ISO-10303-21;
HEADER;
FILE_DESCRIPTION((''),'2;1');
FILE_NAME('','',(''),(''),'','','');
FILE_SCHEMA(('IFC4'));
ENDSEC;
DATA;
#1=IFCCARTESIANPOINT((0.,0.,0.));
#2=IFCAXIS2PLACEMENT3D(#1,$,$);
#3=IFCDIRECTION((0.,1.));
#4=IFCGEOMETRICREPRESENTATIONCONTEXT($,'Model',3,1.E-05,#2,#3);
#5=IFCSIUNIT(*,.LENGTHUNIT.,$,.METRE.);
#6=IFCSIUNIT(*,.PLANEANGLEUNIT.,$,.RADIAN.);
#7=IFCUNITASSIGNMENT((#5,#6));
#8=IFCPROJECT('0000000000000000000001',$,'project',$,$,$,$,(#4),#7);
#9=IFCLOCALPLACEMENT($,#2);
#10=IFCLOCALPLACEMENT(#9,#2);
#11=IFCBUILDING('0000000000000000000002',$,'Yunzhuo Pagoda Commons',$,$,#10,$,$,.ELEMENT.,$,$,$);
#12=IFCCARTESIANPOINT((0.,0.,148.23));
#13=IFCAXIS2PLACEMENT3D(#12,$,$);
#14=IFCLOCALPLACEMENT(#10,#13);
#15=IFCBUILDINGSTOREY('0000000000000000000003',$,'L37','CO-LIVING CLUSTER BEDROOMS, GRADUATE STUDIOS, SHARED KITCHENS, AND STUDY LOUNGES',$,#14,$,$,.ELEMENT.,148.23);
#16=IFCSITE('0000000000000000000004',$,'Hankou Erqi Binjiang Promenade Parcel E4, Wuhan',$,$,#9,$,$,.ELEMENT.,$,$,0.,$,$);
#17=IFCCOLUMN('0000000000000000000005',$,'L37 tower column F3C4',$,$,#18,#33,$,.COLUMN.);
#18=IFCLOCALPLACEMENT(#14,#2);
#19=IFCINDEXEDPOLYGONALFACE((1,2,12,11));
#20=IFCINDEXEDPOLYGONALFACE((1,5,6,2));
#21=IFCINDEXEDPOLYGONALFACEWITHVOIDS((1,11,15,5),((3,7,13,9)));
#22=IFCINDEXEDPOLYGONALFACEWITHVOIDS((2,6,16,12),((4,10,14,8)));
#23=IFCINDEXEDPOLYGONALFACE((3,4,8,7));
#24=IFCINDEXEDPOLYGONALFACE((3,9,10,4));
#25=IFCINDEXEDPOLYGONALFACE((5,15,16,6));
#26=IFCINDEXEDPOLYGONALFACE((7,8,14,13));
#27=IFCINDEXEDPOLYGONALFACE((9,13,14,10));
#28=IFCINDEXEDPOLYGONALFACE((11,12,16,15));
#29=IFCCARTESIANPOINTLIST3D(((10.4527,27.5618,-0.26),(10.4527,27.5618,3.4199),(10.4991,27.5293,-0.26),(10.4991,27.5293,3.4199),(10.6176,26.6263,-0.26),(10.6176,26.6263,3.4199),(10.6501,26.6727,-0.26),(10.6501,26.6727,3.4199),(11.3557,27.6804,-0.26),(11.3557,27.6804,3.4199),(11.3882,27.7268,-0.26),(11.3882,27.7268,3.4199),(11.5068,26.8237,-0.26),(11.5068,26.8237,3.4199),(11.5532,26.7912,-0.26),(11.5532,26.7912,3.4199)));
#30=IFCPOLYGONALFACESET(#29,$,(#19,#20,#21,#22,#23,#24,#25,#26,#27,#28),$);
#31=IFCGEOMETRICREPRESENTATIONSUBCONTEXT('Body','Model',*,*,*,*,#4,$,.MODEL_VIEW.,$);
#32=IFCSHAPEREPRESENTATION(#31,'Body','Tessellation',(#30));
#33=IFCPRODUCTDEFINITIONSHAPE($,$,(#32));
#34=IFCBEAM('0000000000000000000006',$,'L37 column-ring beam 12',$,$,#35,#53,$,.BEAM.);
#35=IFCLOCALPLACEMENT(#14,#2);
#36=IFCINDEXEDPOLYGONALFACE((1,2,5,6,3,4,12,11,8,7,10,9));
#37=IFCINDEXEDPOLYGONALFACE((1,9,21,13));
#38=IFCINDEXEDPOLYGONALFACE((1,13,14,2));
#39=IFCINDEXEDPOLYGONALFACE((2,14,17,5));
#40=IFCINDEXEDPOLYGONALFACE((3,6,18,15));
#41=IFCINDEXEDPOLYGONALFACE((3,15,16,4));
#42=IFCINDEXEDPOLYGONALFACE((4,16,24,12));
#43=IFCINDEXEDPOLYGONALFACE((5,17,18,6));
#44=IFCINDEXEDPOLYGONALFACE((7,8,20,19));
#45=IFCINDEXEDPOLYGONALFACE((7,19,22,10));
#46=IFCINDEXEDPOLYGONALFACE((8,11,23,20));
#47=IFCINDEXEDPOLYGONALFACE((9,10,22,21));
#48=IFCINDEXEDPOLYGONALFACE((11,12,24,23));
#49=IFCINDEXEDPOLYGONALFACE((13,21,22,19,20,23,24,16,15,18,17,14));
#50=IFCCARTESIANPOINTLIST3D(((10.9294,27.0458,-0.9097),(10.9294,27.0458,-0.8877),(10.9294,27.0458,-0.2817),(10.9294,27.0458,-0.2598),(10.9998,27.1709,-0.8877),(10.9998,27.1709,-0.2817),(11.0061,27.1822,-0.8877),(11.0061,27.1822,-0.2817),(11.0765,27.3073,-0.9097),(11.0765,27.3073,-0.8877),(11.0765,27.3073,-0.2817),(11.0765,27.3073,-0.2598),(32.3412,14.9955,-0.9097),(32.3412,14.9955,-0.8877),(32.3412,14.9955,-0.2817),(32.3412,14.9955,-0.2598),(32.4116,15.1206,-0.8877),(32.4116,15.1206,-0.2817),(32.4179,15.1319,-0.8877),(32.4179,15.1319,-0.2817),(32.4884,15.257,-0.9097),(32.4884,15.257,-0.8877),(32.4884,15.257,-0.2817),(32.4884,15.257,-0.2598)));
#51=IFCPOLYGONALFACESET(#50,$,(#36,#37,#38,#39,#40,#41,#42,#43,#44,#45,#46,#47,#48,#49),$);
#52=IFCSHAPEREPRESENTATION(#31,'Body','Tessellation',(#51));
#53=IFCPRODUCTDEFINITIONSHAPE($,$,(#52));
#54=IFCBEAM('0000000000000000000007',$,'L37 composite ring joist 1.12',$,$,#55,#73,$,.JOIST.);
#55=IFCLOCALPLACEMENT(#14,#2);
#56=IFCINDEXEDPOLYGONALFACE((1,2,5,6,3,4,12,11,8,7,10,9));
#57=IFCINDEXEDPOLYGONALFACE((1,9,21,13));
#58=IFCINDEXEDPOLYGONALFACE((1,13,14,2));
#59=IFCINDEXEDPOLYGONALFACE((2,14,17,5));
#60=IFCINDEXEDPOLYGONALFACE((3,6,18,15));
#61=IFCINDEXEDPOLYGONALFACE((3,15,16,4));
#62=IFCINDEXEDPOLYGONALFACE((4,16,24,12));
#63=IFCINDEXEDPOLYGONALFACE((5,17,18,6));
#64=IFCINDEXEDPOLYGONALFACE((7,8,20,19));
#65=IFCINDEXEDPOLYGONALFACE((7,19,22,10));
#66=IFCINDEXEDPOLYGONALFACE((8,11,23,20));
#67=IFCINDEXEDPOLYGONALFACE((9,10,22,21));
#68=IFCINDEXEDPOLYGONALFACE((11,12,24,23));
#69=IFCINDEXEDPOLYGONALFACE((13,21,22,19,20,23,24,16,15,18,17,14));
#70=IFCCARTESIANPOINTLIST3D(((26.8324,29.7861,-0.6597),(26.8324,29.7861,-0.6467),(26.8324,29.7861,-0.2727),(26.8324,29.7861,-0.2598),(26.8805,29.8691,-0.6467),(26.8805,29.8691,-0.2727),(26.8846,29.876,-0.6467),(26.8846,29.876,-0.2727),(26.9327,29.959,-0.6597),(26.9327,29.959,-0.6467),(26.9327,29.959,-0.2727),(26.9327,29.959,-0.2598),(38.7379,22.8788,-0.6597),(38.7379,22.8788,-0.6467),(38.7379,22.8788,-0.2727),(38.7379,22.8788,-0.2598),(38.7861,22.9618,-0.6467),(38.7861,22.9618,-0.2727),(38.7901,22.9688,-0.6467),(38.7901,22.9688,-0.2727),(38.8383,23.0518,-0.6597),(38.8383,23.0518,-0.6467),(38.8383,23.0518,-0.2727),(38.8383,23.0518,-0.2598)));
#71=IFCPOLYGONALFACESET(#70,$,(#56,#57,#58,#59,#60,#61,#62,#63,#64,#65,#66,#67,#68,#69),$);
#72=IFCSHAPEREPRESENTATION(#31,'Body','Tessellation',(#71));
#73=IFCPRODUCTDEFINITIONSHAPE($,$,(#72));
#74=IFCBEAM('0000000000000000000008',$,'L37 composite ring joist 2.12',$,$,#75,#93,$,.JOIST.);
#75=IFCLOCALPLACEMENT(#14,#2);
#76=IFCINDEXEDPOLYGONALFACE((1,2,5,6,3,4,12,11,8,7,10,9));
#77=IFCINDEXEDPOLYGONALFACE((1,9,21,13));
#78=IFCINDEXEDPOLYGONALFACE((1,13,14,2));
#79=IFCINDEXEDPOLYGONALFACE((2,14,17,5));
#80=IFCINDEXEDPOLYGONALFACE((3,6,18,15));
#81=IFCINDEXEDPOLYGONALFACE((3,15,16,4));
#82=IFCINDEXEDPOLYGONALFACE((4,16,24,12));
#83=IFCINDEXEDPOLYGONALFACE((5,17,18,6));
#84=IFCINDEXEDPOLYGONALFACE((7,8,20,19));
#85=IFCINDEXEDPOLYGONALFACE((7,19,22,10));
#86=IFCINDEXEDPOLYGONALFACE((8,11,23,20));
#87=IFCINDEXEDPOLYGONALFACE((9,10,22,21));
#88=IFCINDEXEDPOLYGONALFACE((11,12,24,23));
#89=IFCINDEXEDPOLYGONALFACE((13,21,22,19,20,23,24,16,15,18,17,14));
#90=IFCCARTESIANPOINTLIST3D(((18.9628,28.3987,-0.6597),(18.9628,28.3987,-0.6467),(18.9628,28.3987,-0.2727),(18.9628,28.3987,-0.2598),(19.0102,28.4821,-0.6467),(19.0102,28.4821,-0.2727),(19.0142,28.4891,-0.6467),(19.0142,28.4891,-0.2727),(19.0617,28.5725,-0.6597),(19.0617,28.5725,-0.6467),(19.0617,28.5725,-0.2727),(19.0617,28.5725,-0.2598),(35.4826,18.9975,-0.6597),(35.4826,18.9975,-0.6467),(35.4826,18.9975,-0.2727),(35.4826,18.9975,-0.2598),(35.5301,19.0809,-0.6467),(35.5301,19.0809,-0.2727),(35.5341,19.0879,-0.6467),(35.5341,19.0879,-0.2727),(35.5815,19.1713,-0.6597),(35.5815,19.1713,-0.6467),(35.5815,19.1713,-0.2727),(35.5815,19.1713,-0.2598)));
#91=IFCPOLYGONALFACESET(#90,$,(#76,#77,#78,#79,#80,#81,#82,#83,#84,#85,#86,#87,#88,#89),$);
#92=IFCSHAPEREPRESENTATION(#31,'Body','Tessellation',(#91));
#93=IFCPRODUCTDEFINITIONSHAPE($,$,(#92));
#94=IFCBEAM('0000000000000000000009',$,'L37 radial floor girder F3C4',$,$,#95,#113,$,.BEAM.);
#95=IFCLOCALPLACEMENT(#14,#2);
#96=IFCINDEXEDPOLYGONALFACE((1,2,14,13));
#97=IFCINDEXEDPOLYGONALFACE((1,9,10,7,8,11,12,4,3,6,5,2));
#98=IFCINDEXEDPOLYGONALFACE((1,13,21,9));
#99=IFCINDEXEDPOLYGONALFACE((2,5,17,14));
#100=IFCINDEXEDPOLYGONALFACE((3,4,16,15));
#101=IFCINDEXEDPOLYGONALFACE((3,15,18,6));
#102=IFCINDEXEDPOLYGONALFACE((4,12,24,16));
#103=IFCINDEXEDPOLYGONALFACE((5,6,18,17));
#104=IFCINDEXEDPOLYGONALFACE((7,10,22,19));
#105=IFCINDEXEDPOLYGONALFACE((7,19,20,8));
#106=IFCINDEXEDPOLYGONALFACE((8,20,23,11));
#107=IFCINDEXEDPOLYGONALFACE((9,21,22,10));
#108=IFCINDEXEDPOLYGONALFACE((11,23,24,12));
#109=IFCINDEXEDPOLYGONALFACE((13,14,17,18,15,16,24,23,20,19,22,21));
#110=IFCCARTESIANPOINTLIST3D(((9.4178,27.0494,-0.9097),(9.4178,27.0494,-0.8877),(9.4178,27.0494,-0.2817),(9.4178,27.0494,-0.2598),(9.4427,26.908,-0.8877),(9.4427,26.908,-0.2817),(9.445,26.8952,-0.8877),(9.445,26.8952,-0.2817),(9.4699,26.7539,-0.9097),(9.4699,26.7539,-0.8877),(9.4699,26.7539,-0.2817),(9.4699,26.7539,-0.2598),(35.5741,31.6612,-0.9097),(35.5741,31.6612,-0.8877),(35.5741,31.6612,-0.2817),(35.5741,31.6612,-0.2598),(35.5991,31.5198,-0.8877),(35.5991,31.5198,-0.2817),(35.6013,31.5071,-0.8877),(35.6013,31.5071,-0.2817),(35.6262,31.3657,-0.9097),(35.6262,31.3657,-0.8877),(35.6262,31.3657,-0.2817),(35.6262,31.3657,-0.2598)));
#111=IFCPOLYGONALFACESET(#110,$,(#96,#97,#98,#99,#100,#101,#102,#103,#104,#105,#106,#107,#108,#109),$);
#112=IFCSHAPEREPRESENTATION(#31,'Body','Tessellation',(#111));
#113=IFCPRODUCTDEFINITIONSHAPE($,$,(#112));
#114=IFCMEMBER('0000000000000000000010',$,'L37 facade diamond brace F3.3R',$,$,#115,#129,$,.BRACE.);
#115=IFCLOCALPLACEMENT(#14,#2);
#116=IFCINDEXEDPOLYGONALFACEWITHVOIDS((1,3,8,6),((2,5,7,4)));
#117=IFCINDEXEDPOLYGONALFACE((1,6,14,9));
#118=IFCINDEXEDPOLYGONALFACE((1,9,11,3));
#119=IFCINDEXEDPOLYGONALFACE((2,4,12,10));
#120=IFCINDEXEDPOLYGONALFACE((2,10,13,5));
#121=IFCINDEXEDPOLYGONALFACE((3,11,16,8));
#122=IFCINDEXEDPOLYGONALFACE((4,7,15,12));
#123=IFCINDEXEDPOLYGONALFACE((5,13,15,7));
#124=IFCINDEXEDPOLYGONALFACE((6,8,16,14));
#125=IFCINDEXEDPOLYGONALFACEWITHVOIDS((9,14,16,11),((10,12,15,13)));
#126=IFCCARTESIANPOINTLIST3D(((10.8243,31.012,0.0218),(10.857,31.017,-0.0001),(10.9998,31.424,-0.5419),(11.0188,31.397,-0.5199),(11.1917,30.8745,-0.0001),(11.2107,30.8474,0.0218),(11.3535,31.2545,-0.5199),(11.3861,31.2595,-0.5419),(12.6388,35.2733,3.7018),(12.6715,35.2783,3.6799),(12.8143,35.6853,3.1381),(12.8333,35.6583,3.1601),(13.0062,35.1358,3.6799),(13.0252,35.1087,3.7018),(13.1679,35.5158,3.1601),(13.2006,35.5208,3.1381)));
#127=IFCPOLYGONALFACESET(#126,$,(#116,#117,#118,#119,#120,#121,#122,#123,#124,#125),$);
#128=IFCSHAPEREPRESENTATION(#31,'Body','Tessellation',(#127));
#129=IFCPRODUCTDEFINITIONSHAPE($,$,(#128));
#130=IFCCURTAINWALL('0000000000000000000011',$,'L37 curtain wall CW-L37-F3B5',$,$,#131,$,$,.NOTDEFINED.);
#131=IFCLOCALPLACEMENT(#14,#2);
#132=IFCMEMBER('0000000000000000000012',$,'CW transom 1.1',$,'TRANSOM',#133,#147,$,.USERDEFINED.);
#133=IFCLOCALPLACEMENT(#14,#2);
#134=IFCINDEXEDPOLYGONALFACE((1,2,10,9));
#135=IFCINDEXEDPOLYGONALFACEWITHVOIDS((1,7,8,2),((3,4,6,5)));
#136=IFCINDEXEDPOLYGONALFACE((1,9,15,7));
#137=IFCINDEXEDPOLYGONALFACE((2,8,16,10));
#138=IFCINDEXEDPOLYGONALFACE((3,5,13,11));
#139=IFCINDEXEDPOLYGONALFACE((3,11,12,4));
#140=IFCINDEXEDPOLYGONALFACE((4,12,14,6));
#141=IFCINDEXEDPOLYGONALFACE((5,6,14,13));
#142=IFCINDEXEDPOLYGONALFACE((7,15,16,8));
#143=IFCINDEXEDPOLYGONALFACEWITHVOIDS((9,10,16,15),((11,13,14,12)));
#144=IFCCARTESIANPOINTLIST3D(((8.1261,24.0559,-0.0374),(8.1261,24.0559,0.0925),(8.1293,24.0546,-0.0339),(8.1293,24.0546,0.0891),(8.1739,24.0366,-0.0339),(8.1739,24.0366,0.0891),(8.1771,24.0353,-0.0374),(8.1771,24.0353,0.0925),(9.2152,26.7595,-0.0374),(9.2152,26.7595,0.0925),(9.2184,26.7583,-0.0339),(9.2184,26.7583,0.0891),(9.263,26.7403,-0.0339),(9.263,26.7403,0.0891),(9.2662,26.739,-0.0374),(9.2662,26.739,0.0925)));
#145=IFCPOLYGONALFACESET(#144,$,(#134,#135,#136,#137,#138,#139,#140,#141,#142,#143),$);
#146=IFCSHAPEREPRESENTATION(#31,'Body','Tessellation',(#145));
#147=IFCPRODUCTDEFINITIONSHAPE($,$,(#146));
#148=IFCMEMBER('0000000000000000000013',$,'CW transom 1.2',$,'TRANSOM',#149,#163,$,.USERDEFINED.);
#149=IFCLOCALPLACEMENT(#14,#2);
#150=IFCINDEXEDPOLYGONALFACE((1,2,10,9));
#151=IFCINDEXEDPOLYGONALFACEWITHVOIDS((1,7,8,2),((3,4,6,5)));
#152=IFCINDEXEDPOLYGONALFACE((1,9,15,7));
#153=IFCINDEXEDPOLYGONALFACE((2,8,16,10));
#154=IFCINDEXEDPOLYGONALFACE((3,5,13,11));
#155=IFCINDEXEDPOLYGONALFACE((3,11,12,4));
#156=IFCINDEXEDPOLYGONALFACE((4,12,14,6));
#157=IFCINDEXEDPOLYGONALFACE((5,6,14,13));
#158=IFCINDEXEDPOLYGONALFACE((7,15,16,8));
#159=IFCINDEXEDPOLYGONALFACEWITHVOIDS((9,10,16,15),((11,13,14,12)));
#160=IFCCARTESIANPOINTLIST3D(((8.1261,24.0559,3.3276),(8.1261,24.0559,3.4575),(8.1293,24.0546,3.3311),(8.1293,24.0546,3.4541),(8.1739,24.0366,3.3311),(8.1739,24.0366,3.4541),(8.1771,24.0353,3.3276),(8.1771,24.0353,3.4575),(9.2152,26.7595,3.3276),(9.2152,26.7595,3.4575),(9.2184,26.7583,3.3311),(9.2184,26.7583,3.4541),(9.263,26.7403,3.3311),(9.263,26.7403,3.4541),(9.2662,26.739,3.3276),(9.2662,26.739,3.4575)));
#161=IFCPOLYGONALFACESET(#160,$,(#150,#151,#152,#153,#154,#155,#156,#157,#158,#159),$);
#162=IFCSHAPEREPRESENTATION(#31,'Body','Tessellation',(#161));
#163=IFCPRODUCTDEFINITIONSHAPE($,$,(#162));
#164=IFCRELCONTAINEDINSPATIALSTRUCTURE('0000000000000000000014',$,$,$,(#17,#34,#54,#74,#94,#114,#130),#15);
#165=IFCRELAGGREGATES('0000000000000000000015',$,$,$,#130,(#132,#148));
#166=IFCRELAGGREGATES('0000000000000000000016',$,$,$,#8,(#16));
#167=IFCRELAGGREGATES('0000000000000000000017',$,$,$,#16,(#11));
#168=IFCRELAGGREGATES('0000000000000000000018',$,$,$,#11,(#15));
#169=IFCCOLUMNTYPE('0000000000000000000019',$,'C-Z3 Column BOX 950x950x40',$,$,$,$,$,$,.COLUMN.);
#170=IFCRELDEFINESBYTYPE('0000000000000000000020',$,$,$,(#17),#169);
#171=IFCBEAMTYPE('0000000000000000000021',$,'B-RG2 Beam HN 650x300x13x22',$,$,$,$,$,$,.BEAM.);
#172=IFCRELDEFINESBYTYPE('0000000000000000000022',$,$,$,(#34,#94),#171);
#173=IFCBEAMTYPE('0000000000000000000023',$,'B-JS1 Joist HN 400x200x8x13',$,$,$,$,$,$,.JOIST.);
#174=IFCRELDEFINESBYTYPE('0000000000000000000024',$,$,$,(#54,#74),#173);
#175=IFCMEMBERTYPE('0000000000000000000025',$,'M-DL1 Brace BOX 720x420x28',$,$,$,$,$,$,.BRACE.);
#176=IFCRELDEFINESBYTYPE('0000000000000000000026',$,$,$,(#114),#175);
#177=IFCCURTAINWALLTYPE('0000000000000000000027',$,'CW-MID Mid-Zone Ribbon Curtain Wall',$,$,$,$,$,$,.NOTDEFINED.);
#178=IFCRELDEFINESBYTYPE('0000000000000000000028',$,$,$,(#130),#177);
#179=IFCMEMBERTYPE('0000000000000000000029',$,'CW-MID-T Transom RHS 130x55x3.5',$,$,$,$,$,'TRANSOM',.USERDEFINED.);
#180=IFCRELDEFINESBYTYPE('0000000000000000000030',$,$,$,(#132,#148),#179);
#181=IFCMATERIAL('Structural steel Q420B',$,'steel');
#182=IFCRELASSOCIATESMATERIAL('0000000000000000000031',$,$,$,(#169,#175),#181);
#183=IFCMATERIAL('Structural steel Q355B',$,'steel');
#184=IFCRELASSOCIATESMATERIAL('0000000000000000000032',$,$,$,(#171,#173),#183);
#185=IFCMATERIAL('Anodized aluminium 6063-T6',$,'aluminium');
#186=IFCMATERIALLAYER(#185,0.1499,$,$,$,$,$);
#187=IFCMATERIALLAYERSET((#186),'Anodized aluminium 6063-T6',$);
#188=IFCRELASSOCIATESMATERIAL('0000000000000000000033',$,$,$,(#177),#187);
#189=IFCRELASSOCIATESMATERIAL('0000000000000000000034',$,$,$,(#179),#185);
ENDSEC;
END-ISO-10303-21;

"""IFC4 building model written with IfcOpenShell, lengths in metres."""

from ifc_helpers import new_model, si_unit, direction, frame, origin, origin_2d, place, context, subcontext, project, spatial, hollow_rectangle, i_section, extrude, source, transform, mapped, material, layer, layer_set, material_profile, profile_set, type_object, element, aggregate, save


model = new_model("IFC4")

# Units and contexts
model_context = context("Model", 3, precision=1e-05, world=origin(), true_north=direction((0.0, 1.0)))
body_context = subcontext(model_context, "Body", "Model", "MODEL_VIEW")
ifc_project = project(units=[si_unit("LENGTHUNIT", "METRE"), si_unit("PLANEANGLEUNIT", "RADIAN")], contexts=[model_context])

# Site, building, storey
site_placement = place(None, origin())
site = spatial("IfcSite", under=ifc_project, at=site_placement, Name="Hankou Erqi Binjiang Promenade Parcel E4, Wuhan", CompositionType="ELEMENT", RefElevation=0.0)
building_placement = place(site_placement, origin())
building = spatial("IfcBuilding", under=site, at=building_placement, Name="Yunzhuo Pagoda Commons", CompositionType="ELEMENT")
storey_placement = place(building_placement, frame((0.0, 0.0, 148.23)))
storey = spatial("IfcBuildingStorey", under=building, at=storey_placement, Name="L37", Description="CO-LIVING CLUSTER BEDROOMS, GRADUATE STUDIOS, SHARED KITCHENS, AND STUDY LOUNGES", CompositionType="ELEMENT", Elevation=148.23)

# Column
ifc_material_1 = material(Name="Structural steel Q420B", Category="steel")
ifc_material_profile_1 = material_profile(ifc_material_1, hollow_rectangle(XDim=0.95, YDim=0.95, WallThickness=0.04, at=origin_2d()), Name="Structural steel Q420B")
ifc_profile_set_1 = profile_set([ifc_material_profile_1], Name="Structural steel Q420B")
column_type = type_object("IfcColumnType", Name="C-Z3 Column BOX 950x950x40", PredefinedType="COLUMN", material=ifc_profile_set_1)
shared_shape_1 = source(origin(), body_context, "Body", "SweptSolid", [
    extrude(hollow_rectangle(XDim=0.95, YDim=0.95, WallThickness=0.04, at=origin_2d()), origin(), (0.0, 0.0, 1.0), 3.6799),
])
column_placement = place(storey_placement, frame((11.0029, 27.1765, -0.26), z_axis=(0.0, 0.0, 1.0), x_axis=(0.173648, -0.984808, 0.0)))
element("IfcColumn", 1, at=column_placement, inside=storey, type_object=column_type, Name="L37 tower column F3C4", PredefinedType="COLUMN", context=body_context, shape_type="MappedRepresentation", body=[
    mapped(shared_shape_1, transform((0.0, 0.0, 0.0), scale=1.0)),
])

# Beams
ifc_material_2 = material(Name="Structural steel Q355B", Category="steel")
ifc_material_profile_2 = material_profile(ifc_material_2, i_section(OverallWidth=0.3, OverallDepth=0.6499, WebThickness=0.0129, FlangeThickness=0.022, at=origin_2d()), Name="Structural steel Q355B")
ifc_profile_set_2 = profile_set([ifc_material_profile_2], Name="Structural steel Q355B")
beam_type_1 = type_object("IfcBeamType", Name="B-RG2 Beam HN 650x300x13x22", PredefinedType="BEAM", material=ifc_profile_set_2)
shared_shape_2 = source(origin(), body_context, "Body", "SweptSolid", [
    extrude(i_section(OverallWidth=0.3, OverallDepth=0.6499, WebThickness=0.0129, FlangeThickness=0.022, at=origin_2d()), origin(), (0.0, 0.0, 1.0), 24.5698),
])
beam_1_placement = place(storey_placement, frame((11.0029, 27.1765, -0.5847), z_axis=(0.871469, -0.49045, 0.0), x_axis=(0.49045, 0.871469, 0.0)))
element("IfcBeam", 2, at=beam_1_placement, inside=storey, type_object=beam_type_1, Name="L37 column-ring beam 12", PredefinedType="BEAM", context=body_context, shape_type="MappedRepresentation", body=[
    mapped(shared_shape_2, transform((0.0, 0.0, 0.0), scale=1.0)),
])
ifc_material_profile_3 = material_profile(ifc_material_2, i_section(OverallWidth=0.2, OverallDepth=0.3999, WebThickness=0.0081, FlangeThickness=0.0129, at=origin_2d()), Name="Structural steel Q355B")
ifc_profile_set_3 = profile_set([ifc_material_profile_3], Name="Structural steel Q355B")
beam_type_2 = type_object("IfcBeamType", Name="B-JS1 Joist HN 400x200x8x13", PredefinedType="JOIST", material=ifc_profile_set_3)
shared_shape_3 = source(origin(), body_context, "Body", "SweptSolid", [
    extrude(i_section(OverallWidth=0.2, OverallDepth=0.3999, WebThickness=0.0081, FlangeThickness=0.0129, at=origin_2d()), origin(), (0.0, 0.0, 1.0), 13.7642),
])
beam_2_placement = place(storey_placement, frame((26.8826, 29.8726, -0.4597), z_axis=(0.864967, -0.501828, 0.0), x_axis=(0.501828, 0.864967, 0.0)))
element("IfcBeam", 3, at=beam_2_placement, inside=storey, type_object=beam_type_2, Name="L37 composite ring joist 1.12", PredefinedType="JOIST", context=body_context, shape_type="MappedRepresentation", body=[
    mapped(shared_shape_3, transform((0.0, 0.0, 0.0), scale=1.0)),
])
shared_shape_4 = source(origin(), body_context, "Body", "SweptSolid", [
    extrude(i_section(OverallWidth=0.2, OverallDepth=0.3999, WebThickness=0.0081, FlangeThickness=0.0129, at=origin_2d()), origin(), (0.0, 0.0, 1.0), 19.0076),
])
beam_3_placement = place(storey_placement, frame((19.0122, 28.4856, -0.4597), z_axis=(0.86912, -0.494601, 0.0), x_axis=(0.494601, 0.86912, 0.0)))
element("IfcBeam", 4, at=beam_3_placement, inside=storey, type_object=beam_type_2, Name="L37 composite ring joist 2.12", PredefinedType="JOIST", context=body_context, shape_type="MappedRepresentation", body=[
    mapped(shared_shape_4, transform((0.0, 0.0, 0.0), scale=1.0)),
])
shared_shape_5 = source(origin(), body_context, "Body", "SweptSolid", [
    extrude(i_section(OverallWidth=0.3, OverallDepth=0.6499, WebThickness=0.0129, FlangeThickness=0.022, at=origin_2d()), origin(), (0.0, 0.0, 1.0), 26.5598),
])
beam_4_placement = place(storey_placement, frame((9.4438, 26.9016, -0.5847), z_axis=(0.984809, 0.17364, 0.0), x_axis=(-0.17364, 0.984809, 0.0)))
element("IfcBeam", 5, at=beam_4_placement, inside=storey, type_object=beam_type_1, Name="L37 radial floor girder F3C4", PredefinedType="BEAM", context=body_context, shape_type="MappedRepresentation", body=[
    mapped(shared_shape_5, transform((0.0, 0.0, 0.0), scale=1.0)),
])

# Member
ifc_material_profile_4 = material_profile(ifc_material_1, hollow_rectangle(XDim=0.4199, YDim=0.72, WallThickness=0.0281, at=origin_2d()), Name="Structural steel Q420B")
ifc_profile_set_4 = profile_set([ifc_material_profile_4], Name="Structural steel Q420B")
member_type_1 = type_object("IfcMemberType", Name="M-DL1 Brace BOX 720x420x28", PredefinedType="BRACE", material=ifc_profile_set_4)
shared_shape_6 = source(origin(), body_context, "Body", "SweptSolid", [
    extrude(hollow_rectangle(XDim=0.4199, YDim=0.72, WallThickness=0.0281, at=origin_2d()), origin(), (0.0, 0.0, 1.0), 5.9155),
])
member_1_placement = place(storey_placement, frame((11.1052, 31.1357, -0.26), z_axis=(0.306733, 0.720359, 0.622091), x_axis=(-0.920064, 0.391768, 0.0)))
element("IfcMember", 6, at=member_1_placement, inside=storey, type_object=member_type_1, Name="L37 facade diamond brace F3.3R", PredefinedType="BRACE", context=body_context, shape_type="MappedRepresentation", body=[
    mapped(shared_shape_6, transform((0.0, 0.0, 0.0), scale=1.0)),
])

# Curtain wall, members
ifc_material_3 = material(Name="Anodized aluminium 6063-T6", Category="aluminium")
ifc_layer_1 = layer(ifc_material_3, 0.1499)
ifc_layer_set_1 = layer_set([ifc_layer_1], Name="Anodized aluminium 6063-T6")
curtain_wall_type = type_object("IfcCurtainWallType", Name="CW-MID Mid-Zone Ribbon Curtain Wall", PredefinedType="NOTDEFINED", material=ifc_layer_set_1)
curtain_wall_1_placement = place(storey_placement, origin())
curtain_wall_1 = element("IfcCurtainWall", 7, at=curtain_wall_1_placement, inside=storey, type_object=curtain_wall_type, Name="L37 curtain wall CW-L37-F3B5", PredefinedType="NOTDEFINED")
ifc_material_profile_5 = material_profile(ifc_material_3, hollow_rectangle(XDim=0.0549, YDim=0.1299, WallThickness=0.0034, at=origin_2d()), Name="Anodized aluminium 6063-T6")
ifc_profile_set_5 = profile_set([ifc_material_profile_5], Name="Anodized aluminium 6063-T6")
member_type_2 = type_object("IfcMemberType", Name="CW-MID-T Transom RHS 130x55x3.5", ElementType="TRANSOM", PredefinedType="USERDEFINED", material=ifc_profile_set_5)
shared_shape_7 = source(origin(), body_context, "Body", "SweptSolid", [
    extrude(hollow_rectangle(XDim=0.0549, YDim=0.1299, WallThickness=0.0034, at=origin_2d()), origin(), (0.0, 0.0, 1.0), 2.9148),
])
member_2_placement = place(storey_placement, frame((9.2407, 26.7493, 0.0276), z_axis=(-0.373657, -0.927567, 0.0), x_axis=(0.927567, -0.373657, 0.0)))
member_2 = element("IfcMember", 8, at=member_2_placement, type_object=member_type_2, Name="CW transom 1.1", ObjectType="TRANSOM", PredefinedType="USERDEFINED", context=body_context, shape_type="MappedRepresentation", body=[
    mapped(shared_shape_7, transform((0.0, 0.0, 0.0), scale=1.0)),
])
member_3_placement = place(storey_placement, frame((9.2407, 26.7493, 3.3926), z_axis=(-0.373657, -0.927567, 0.0), x_axis=(0.927567, -0.373657, 0.0)))
member_3 = element("IfcMember", 9, at=member_3_placement, type_object=member_type_2, Name="CW transom 1.2", ObjectType="TRANSOM", PredefinedType="USERDEFINED", context=body_context, shape_type="MappedRepresentation", body=[
    mapped(shared_shape_7, transform((0.0, 0.0, 0.0), scale=1.0)),
])

aggregate(curtain_wall_1, [member_2, member_3])

save(model, "model.ifc")
